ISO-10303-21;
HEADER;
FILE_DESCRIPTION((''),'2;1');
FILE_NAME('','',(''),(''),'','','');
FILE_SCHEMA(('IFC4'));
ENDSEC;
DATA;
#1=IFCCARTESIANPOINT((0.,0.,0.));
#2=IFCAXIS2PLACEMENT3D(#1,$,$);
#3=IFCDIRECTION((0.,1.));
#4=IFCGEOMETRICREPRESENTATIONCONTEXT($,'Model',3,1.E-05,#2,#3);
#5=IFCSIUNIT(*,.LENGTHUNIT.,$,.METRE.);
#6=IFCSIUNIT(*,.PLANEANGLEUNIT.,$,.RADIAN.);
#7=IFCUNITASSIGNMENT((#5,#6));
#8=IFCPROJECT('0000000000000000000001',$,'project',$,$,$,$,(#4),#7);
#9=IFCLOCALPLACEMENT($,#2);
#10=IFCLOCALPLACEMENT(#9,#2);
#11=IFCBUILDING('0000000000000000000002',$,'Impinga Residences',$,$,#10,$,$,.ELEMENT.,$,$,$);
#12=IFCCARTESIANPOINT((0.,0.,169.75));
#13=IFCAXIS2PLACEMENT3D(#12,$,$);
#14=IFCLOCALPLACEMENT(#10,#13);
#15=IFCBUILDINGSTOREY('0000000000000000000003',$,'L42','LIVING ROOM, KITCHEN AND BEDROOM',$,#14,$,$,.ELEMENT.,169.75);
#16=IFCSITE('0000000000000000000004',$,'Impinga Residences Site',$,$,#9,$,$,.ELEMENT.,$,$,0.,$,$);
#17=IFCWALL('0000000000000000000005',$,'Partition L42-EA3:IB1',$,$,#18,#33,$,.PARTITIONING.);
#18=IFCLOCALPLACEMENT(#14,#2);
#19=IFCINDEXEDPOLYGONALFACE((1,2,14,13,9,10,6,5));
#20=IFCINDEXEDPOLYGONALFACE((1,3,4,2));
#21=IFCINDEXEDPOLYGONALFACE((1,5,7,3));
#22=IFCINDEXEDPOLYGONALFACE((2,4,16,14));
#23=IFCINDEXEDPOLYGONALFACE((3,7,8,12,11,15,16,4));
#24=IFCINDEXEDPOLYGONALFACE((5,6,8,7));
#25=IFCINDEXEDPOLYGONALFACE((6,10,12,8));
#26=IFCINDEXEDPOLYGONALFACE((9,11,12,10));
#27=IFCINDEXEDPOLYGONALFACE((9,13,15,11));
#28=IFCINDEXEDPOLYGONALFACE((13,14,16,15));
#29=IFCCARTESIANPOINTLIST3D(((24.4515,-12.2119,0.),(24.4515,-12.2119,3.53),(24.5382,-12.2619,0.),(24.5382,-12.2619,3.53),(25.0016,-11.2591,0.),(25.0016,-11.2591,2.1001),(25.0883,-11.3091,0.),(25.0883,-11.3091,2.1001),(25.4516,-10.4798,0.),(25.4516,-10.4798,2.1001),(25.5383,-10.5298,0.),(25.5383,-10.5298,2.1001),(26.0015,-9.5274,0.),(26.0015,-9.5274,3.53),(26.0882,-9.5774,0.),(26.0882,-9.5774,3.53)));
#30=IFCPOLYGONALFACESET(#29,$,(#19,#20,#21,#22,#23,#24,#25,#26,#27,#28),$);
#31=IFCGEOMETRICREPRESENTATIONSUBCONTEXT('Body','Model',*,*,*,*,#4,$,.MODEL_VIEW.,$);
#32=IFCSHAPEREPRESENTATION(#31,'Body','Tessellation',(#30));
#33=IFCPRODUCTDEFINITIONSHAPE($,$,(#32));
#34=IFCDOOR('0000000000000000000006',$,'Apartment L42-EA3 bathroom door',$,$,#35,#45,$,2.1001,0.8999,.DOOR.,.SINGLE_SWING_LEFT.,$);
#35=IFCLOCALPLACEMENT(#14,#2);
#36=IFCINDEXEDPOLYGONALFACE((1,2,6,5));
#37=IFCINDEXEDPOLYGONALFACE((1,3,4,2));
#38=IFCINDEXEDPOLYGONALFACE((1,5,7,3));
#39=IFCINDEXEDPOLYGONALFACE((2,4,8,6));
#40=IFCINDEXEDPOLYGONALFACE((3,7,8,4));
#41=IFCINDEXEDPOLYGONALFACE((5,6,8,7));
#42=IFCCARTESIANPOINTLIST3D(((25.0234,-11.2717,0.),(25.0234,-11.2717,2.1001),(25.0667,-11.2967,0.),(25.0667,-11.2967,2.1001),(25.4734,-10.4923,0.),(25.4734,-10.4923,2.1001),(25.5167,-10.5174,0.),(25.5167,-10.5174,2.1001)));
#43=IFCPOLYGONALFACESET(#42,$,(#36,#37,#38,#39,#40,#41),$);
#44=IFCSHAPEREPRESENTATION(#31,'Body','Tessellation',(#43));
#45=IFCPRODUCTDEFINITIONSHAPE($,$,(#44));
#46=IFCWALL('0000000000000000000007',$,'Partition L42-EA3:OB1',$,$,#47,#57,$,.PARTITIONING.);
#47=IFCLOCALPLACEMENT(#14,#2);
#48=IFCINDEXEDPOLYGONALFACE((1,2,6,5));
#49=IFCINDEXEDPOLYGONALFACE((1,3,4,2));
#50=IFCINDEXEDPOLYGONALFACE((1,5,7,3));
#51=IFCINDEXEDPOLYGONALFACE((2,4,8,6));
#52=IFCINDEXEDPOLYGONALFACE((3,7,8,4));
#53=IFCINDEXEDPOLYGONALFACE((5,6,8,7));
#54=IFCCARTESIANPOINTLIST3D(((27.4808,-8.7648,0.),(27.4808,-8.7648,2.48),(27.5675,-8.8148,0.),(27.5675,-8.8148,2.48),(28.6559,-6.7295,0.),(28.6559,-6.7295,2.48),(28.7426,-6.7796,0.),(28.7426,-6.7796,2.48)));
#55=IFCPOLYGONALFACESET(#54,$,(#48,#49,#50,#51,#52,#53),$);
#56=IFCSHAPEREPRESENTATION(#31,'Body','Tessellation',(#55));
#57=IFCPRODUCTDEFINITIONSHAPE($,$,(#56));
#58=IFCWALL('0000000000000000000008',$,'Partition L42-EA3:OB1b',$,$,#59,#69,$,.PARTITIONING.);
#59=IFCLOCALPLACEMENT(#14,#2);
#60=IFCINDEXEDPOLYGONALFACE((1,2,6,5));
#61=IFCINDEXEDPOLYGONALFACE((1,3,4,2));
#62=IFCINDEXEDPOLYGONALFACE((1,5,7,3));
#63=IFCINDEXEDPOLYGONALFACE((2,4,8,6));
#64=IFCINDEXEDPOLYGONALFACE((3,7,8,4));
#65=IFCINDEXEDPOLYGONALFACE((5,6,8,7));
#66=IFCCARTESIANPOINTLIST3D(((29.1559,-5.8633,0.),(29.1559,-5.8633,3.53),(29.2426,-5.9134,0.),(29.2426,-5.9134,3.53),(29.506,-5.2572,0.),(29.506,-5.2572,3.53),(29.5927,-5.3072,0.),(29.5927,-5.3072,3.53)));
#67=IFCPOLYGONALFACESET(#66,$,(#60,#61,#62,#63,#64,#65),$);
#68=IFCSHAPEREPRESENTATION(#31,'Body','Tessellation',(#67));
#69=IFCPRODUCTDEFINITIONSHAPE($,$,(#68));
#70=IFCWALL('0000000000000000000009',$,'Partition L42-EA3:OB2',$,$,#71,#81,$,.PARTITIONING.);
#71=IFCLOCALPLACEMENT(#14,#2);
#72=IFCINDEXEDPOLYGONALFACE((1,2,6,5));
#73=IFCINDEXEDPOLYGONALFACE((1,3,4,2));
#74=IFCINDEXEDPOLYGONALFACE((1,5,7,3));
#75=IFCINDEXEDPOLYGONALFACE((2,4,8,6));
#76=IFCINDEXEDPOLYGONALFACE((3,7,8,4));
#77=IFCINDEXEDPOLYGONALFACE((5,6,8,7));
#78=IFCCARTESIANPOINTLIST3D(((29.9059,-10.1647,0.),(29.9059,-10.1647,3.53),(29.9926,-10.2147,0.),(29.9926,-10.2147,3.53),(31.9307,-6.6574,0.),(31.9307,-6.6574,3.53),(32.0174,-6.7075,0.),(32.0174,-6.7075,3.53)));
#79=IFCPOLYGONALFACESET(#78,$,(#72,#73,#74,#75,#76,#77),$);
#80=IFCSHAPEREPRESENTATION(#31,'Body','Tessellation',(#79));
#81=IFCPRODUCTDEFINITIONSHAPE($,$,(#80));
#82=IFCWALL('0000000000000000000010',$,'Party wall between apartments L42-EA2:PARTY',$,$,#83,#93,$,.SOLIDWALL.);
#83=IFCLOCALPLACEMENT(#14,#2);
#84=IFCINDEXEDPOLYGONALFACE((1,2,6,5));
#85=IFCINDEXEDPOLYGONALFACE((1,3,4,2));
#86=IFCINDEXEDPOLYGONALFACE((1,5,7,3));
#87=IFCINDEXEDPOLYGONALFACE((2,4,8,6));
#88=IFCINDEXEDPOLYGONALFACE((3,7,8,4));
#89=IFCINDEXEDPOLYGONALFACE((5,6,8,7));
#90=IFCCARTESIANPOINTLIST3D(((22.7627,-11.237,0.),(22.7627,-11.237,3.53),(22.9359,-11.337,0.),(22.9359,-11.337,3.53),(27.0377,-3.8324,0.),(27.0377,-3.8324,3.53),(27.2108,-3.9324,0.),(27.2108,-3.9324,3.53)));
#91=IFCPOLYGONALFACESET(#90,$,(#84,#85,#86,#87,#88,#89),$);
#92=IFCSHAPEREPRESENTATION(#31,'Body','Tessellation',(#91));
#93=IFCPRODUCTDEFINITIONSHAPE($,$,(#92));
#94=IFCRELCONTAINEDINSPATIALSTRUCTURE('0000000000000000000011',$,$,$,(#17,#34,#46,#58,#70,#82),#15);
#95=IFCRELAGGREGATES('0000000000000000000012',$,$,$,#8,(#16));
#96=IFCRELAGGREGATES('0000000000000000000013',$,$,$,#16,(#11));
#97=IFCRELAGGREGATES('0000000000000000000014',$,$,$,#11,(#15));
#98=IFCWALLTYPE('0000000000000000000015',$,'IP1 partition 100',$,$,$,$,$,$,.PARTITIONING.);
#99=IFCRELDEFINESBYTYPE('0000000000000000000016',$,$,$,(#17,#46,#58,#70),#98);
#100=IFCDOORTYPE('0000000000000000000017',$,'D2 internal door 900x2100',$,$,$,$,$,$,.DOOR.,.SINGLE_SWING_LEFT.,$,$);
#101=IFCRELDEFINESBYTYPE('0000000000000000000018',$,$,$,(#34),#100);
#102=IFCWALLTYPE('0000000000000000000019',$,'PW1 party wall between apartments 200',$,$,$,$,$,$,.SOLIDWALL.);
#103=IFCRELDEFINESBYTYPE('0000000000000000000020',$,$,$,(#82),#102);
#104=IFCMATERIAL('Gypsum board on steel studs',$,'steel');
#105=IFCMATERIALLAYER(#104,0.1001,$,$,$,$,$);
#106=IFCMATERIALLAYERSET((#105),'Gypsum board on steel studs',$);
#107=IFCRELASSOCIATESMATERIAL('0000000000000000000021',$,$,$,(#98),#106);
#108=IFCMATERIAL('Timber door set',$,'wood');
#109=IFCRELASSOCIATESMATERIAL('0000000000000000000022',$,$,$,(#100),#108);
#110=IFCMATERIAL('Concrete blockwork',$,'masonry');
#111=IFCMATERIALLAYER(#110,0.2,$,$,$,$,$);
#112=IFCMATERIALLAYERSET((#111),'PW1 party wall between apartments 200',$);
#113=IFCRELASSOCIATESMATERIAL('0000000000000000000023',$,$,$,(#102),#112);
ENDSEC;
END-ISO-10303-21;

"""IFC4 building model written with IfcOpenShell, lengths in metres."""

from ifc_helpers import new_model, si_unit, direction, frame, frame_2d, origin, place, context, subcontext, project, spatial, rectangle, extrude, material, layer, layer_set, type_object, element, fill, save


model = new_model("IFC4")

# Units and contexts
model_context = context("Model", 3, precision=1e-05, world=origin(), true_north=direction((0.0, 1.0)))
body_context = subcontext(model_context, "Body", "Model", "MODEL_VIEW")
ifc_project = project(units=[si_unit("LENGTHUNIT", "METRE"), si_unit("PLANEANGLEUNIT", "RADIAN")], contexts=[model_context])

# Site, building, storey
site_placement = place(None, origin())
site = spatial("IfcSite", under=ifc_project, at=site_placement, Name="Impinga Residences Site", CompositionType="ELEMENT", RefElevation=0.0)
building_placement = place(site_placement, origin())
building = spatial("IfcBuilding", under=site, at=building_placement, Name="Impinga Residences", CompositionType="ELEMENT")
storey_placement = place(building_placement, frame((0.0, 0.0, 169.75)))
storey = spatial("IfcBuildingStorey", under=building, at=storey_placement, Name="L42", Description="LIVING ROOM, KITCHEN AND BEDROOM", CompositionType="ELEMENT", Elevation=169.75)

# Shared definitions
ifc_material_1 = material(Name="Concrete blockwork", Category="masonry")
ifc_material_2 = material(Name="Timber door set", Category="wood")

# Shared definitions
ifc_material_3 = material(Name="Gypsum board on steel studs", Category="steel")
ifc_layer_1 = layer(ifc_material_3, 0.1001)
ifc_layer_set_1 = layer_set([ifc_layer_1], Name="Gypsum board on steel studs")
wall_type_1 = type_object("IfcWallType", Name="IP1 partition 100", PredefinedType="PARTITIONING", material=ifc_layer_set_1)

# Shared definitions
door_type_1 = type_object("IfcDoorType", Name="D2 internal door 900x2100", OperationType="SINGLE_SWING_LEFT", PredefinedType="DOOR", material=ifc_material_2)

# Wall, opening, door
wall_1_placement = place(storey_placement, frame((24.4949, -12.2368, 0.0), z_axis=(0.0, 0.0, 1.0), x_axis=(0.500027, 0.86601, 0.0)))
wall_1 = element("IfcWall", 1, at=wall_1_placement, inside=storey, type_object=wall_type_1, Name="Partition L42-EA3:IB1", PredefinedType="PARTITIONING", context=body_context, shape_type="SweptSolid", body=[
    extrude(rectangle(XDim=3.0999, YDim=0.1001, at=frame_2d((1.5498, 0.0))), origin(), (0.0, 0.0, 1.0), 3.53),
])
opening_1_placement = place(wall_1_placement, frame((1.1001, 0.0, 0.0)))
opening_1 = element("IfcOpeningElement", 2, at=opening_1_placement, cuts=wall_1, PredefinedType="OPENING", context=body_context, shape_type="SweptSolid", body=[
    extrude(rectangle(XDim=0.8999, YDim=2.1001, at=frame_2d((0.45, 1.05))), frame((0.0, 0.0601, 0.0), z_axis=(0.0, -1.0, 0.0), x_axis=(1.0, 0.0, 0.0)), (0.0, 0.0, 1.0), 0.1201),
])
door_1_placement = place(opening_1_placement, origin())
door_1 = element("IfcDoor", 3, at=door_1_placement, inside=storey, type_object=door_type_1, Name="Apartment L42-EA3 bathroom door", OperationType="SINGLE_SWING_LEFT", OverallHeight=2.1001, OverallWidth=0.8999, PredefinedType="DOOR", context=body_context, shape_type="SweptSolid", body=[
    extrude(rectangle(XDim=0.8999, YDim=2.1001, at=frame_2d((0.45, 1.05))), frame((0.0, 0.0249, 0.0), z_axis=(0.0, -1.0, 0.0), x_axis=(1.0, 0.0, 0.0)), (0.0, 0.0, 1.0), 0.05),
])
fill(opening_1, door_1)

# Walls
wall_2_placement = place(storey_placement, frame((27.5242, -8.7898, 0.0), z_axis=(0.0, 0.0, 1.0), x_axis=(0.500016, 0.866016, 0.0)))
element("IfcWall", 4, at=wall_2_placement, inside=storey, type_object=wall_type_1, Name="Partition L42-EA3:OB1", PredefinedType="PARTITIONING", context=body_context, shape_type="SweptSolid", body=[
    extrude(rectangle(XDim=2.3501, YDim=0.1001, at=frame_2d((1.175, 0.0))), origin(), (0.0, 0.0, 1.0), 2.48),
])
wall_3_placement = place(storey_placement, frame((29.1992, -5.8884, 0.0), z_axis=(0.0, 0.0, 1.0), x_axis=(0.500115, 0.865959, 0.0)))
element("IfcWall", 5, at=wall_3_placement, inside=storey, type_object=wall_type_1, Name="Partition L42-EA3:OB1b", PredefinedType="PARTITIONING", context=body_context, shape_type="SweptSolid", body=[
    extrude(rectangle(XDim=0.7, YDim=0.1001, at=frame_2d((0.3501, 0.0))), origin(), (0.0, 0.0, 1.0), 3.53),
])
wall_4_placement = place(storey_placement, frame((29.9492, -10.1897, 0.0), z_axis=(0.0, 0.0, 1.0), x_axis=(0.49999, 0.866031, 0.0)))
element("IfcWall", 6, at=wall_4_placement, inside=storey, type_object=wall_type_1, Name="Partition L42-EA3:OB2", PredefinedType="PARTITIONING", context=body_context, shape_type="SweptSolid", body=[
    extrude(rectangle(XDim=4.0498, YDim=0.1001, at=frame_2d((2.0249, 0.0))), origin(), (0.0, 0.0, 1.0), 3.53),
])
ifc_layer_2 = layer(ifc_material_1, 0.2)
ifc_layer_set_2 = layer_set([ifc_layer_2], Name="PW1 party wall between apartments 200")
wall_type_2 = type_object("IfcWallType", Name="PW1 party wall between apartments 200", PredefinedType="SOLIDWALL", material=ifc_layer_set_2)
wall_5_placement = place(storey_placement, frame((22.8494, -11.2869, 0.0), z_axis=(0.0, 0.0, 1.0), x_axis=(0.49999, 0.866031, 0.0)))
element("IfcWall", 7, at=wall_5_placement, inside=storey, type_object=wall_type_2, Name="Party wall between apartments L42-EA2:PARTY", PredefinedType="SOLIDWALL", context=body_context, shape_type="SweptSolid", body=[
    extrude(rectangle(XDim=8.55, YDim=0.2, at=frame_2d((4.2749, 0.0))), origin(), (0.0, 0.0, 1.0), 3.53),
])

save(model, "model.ifc")
